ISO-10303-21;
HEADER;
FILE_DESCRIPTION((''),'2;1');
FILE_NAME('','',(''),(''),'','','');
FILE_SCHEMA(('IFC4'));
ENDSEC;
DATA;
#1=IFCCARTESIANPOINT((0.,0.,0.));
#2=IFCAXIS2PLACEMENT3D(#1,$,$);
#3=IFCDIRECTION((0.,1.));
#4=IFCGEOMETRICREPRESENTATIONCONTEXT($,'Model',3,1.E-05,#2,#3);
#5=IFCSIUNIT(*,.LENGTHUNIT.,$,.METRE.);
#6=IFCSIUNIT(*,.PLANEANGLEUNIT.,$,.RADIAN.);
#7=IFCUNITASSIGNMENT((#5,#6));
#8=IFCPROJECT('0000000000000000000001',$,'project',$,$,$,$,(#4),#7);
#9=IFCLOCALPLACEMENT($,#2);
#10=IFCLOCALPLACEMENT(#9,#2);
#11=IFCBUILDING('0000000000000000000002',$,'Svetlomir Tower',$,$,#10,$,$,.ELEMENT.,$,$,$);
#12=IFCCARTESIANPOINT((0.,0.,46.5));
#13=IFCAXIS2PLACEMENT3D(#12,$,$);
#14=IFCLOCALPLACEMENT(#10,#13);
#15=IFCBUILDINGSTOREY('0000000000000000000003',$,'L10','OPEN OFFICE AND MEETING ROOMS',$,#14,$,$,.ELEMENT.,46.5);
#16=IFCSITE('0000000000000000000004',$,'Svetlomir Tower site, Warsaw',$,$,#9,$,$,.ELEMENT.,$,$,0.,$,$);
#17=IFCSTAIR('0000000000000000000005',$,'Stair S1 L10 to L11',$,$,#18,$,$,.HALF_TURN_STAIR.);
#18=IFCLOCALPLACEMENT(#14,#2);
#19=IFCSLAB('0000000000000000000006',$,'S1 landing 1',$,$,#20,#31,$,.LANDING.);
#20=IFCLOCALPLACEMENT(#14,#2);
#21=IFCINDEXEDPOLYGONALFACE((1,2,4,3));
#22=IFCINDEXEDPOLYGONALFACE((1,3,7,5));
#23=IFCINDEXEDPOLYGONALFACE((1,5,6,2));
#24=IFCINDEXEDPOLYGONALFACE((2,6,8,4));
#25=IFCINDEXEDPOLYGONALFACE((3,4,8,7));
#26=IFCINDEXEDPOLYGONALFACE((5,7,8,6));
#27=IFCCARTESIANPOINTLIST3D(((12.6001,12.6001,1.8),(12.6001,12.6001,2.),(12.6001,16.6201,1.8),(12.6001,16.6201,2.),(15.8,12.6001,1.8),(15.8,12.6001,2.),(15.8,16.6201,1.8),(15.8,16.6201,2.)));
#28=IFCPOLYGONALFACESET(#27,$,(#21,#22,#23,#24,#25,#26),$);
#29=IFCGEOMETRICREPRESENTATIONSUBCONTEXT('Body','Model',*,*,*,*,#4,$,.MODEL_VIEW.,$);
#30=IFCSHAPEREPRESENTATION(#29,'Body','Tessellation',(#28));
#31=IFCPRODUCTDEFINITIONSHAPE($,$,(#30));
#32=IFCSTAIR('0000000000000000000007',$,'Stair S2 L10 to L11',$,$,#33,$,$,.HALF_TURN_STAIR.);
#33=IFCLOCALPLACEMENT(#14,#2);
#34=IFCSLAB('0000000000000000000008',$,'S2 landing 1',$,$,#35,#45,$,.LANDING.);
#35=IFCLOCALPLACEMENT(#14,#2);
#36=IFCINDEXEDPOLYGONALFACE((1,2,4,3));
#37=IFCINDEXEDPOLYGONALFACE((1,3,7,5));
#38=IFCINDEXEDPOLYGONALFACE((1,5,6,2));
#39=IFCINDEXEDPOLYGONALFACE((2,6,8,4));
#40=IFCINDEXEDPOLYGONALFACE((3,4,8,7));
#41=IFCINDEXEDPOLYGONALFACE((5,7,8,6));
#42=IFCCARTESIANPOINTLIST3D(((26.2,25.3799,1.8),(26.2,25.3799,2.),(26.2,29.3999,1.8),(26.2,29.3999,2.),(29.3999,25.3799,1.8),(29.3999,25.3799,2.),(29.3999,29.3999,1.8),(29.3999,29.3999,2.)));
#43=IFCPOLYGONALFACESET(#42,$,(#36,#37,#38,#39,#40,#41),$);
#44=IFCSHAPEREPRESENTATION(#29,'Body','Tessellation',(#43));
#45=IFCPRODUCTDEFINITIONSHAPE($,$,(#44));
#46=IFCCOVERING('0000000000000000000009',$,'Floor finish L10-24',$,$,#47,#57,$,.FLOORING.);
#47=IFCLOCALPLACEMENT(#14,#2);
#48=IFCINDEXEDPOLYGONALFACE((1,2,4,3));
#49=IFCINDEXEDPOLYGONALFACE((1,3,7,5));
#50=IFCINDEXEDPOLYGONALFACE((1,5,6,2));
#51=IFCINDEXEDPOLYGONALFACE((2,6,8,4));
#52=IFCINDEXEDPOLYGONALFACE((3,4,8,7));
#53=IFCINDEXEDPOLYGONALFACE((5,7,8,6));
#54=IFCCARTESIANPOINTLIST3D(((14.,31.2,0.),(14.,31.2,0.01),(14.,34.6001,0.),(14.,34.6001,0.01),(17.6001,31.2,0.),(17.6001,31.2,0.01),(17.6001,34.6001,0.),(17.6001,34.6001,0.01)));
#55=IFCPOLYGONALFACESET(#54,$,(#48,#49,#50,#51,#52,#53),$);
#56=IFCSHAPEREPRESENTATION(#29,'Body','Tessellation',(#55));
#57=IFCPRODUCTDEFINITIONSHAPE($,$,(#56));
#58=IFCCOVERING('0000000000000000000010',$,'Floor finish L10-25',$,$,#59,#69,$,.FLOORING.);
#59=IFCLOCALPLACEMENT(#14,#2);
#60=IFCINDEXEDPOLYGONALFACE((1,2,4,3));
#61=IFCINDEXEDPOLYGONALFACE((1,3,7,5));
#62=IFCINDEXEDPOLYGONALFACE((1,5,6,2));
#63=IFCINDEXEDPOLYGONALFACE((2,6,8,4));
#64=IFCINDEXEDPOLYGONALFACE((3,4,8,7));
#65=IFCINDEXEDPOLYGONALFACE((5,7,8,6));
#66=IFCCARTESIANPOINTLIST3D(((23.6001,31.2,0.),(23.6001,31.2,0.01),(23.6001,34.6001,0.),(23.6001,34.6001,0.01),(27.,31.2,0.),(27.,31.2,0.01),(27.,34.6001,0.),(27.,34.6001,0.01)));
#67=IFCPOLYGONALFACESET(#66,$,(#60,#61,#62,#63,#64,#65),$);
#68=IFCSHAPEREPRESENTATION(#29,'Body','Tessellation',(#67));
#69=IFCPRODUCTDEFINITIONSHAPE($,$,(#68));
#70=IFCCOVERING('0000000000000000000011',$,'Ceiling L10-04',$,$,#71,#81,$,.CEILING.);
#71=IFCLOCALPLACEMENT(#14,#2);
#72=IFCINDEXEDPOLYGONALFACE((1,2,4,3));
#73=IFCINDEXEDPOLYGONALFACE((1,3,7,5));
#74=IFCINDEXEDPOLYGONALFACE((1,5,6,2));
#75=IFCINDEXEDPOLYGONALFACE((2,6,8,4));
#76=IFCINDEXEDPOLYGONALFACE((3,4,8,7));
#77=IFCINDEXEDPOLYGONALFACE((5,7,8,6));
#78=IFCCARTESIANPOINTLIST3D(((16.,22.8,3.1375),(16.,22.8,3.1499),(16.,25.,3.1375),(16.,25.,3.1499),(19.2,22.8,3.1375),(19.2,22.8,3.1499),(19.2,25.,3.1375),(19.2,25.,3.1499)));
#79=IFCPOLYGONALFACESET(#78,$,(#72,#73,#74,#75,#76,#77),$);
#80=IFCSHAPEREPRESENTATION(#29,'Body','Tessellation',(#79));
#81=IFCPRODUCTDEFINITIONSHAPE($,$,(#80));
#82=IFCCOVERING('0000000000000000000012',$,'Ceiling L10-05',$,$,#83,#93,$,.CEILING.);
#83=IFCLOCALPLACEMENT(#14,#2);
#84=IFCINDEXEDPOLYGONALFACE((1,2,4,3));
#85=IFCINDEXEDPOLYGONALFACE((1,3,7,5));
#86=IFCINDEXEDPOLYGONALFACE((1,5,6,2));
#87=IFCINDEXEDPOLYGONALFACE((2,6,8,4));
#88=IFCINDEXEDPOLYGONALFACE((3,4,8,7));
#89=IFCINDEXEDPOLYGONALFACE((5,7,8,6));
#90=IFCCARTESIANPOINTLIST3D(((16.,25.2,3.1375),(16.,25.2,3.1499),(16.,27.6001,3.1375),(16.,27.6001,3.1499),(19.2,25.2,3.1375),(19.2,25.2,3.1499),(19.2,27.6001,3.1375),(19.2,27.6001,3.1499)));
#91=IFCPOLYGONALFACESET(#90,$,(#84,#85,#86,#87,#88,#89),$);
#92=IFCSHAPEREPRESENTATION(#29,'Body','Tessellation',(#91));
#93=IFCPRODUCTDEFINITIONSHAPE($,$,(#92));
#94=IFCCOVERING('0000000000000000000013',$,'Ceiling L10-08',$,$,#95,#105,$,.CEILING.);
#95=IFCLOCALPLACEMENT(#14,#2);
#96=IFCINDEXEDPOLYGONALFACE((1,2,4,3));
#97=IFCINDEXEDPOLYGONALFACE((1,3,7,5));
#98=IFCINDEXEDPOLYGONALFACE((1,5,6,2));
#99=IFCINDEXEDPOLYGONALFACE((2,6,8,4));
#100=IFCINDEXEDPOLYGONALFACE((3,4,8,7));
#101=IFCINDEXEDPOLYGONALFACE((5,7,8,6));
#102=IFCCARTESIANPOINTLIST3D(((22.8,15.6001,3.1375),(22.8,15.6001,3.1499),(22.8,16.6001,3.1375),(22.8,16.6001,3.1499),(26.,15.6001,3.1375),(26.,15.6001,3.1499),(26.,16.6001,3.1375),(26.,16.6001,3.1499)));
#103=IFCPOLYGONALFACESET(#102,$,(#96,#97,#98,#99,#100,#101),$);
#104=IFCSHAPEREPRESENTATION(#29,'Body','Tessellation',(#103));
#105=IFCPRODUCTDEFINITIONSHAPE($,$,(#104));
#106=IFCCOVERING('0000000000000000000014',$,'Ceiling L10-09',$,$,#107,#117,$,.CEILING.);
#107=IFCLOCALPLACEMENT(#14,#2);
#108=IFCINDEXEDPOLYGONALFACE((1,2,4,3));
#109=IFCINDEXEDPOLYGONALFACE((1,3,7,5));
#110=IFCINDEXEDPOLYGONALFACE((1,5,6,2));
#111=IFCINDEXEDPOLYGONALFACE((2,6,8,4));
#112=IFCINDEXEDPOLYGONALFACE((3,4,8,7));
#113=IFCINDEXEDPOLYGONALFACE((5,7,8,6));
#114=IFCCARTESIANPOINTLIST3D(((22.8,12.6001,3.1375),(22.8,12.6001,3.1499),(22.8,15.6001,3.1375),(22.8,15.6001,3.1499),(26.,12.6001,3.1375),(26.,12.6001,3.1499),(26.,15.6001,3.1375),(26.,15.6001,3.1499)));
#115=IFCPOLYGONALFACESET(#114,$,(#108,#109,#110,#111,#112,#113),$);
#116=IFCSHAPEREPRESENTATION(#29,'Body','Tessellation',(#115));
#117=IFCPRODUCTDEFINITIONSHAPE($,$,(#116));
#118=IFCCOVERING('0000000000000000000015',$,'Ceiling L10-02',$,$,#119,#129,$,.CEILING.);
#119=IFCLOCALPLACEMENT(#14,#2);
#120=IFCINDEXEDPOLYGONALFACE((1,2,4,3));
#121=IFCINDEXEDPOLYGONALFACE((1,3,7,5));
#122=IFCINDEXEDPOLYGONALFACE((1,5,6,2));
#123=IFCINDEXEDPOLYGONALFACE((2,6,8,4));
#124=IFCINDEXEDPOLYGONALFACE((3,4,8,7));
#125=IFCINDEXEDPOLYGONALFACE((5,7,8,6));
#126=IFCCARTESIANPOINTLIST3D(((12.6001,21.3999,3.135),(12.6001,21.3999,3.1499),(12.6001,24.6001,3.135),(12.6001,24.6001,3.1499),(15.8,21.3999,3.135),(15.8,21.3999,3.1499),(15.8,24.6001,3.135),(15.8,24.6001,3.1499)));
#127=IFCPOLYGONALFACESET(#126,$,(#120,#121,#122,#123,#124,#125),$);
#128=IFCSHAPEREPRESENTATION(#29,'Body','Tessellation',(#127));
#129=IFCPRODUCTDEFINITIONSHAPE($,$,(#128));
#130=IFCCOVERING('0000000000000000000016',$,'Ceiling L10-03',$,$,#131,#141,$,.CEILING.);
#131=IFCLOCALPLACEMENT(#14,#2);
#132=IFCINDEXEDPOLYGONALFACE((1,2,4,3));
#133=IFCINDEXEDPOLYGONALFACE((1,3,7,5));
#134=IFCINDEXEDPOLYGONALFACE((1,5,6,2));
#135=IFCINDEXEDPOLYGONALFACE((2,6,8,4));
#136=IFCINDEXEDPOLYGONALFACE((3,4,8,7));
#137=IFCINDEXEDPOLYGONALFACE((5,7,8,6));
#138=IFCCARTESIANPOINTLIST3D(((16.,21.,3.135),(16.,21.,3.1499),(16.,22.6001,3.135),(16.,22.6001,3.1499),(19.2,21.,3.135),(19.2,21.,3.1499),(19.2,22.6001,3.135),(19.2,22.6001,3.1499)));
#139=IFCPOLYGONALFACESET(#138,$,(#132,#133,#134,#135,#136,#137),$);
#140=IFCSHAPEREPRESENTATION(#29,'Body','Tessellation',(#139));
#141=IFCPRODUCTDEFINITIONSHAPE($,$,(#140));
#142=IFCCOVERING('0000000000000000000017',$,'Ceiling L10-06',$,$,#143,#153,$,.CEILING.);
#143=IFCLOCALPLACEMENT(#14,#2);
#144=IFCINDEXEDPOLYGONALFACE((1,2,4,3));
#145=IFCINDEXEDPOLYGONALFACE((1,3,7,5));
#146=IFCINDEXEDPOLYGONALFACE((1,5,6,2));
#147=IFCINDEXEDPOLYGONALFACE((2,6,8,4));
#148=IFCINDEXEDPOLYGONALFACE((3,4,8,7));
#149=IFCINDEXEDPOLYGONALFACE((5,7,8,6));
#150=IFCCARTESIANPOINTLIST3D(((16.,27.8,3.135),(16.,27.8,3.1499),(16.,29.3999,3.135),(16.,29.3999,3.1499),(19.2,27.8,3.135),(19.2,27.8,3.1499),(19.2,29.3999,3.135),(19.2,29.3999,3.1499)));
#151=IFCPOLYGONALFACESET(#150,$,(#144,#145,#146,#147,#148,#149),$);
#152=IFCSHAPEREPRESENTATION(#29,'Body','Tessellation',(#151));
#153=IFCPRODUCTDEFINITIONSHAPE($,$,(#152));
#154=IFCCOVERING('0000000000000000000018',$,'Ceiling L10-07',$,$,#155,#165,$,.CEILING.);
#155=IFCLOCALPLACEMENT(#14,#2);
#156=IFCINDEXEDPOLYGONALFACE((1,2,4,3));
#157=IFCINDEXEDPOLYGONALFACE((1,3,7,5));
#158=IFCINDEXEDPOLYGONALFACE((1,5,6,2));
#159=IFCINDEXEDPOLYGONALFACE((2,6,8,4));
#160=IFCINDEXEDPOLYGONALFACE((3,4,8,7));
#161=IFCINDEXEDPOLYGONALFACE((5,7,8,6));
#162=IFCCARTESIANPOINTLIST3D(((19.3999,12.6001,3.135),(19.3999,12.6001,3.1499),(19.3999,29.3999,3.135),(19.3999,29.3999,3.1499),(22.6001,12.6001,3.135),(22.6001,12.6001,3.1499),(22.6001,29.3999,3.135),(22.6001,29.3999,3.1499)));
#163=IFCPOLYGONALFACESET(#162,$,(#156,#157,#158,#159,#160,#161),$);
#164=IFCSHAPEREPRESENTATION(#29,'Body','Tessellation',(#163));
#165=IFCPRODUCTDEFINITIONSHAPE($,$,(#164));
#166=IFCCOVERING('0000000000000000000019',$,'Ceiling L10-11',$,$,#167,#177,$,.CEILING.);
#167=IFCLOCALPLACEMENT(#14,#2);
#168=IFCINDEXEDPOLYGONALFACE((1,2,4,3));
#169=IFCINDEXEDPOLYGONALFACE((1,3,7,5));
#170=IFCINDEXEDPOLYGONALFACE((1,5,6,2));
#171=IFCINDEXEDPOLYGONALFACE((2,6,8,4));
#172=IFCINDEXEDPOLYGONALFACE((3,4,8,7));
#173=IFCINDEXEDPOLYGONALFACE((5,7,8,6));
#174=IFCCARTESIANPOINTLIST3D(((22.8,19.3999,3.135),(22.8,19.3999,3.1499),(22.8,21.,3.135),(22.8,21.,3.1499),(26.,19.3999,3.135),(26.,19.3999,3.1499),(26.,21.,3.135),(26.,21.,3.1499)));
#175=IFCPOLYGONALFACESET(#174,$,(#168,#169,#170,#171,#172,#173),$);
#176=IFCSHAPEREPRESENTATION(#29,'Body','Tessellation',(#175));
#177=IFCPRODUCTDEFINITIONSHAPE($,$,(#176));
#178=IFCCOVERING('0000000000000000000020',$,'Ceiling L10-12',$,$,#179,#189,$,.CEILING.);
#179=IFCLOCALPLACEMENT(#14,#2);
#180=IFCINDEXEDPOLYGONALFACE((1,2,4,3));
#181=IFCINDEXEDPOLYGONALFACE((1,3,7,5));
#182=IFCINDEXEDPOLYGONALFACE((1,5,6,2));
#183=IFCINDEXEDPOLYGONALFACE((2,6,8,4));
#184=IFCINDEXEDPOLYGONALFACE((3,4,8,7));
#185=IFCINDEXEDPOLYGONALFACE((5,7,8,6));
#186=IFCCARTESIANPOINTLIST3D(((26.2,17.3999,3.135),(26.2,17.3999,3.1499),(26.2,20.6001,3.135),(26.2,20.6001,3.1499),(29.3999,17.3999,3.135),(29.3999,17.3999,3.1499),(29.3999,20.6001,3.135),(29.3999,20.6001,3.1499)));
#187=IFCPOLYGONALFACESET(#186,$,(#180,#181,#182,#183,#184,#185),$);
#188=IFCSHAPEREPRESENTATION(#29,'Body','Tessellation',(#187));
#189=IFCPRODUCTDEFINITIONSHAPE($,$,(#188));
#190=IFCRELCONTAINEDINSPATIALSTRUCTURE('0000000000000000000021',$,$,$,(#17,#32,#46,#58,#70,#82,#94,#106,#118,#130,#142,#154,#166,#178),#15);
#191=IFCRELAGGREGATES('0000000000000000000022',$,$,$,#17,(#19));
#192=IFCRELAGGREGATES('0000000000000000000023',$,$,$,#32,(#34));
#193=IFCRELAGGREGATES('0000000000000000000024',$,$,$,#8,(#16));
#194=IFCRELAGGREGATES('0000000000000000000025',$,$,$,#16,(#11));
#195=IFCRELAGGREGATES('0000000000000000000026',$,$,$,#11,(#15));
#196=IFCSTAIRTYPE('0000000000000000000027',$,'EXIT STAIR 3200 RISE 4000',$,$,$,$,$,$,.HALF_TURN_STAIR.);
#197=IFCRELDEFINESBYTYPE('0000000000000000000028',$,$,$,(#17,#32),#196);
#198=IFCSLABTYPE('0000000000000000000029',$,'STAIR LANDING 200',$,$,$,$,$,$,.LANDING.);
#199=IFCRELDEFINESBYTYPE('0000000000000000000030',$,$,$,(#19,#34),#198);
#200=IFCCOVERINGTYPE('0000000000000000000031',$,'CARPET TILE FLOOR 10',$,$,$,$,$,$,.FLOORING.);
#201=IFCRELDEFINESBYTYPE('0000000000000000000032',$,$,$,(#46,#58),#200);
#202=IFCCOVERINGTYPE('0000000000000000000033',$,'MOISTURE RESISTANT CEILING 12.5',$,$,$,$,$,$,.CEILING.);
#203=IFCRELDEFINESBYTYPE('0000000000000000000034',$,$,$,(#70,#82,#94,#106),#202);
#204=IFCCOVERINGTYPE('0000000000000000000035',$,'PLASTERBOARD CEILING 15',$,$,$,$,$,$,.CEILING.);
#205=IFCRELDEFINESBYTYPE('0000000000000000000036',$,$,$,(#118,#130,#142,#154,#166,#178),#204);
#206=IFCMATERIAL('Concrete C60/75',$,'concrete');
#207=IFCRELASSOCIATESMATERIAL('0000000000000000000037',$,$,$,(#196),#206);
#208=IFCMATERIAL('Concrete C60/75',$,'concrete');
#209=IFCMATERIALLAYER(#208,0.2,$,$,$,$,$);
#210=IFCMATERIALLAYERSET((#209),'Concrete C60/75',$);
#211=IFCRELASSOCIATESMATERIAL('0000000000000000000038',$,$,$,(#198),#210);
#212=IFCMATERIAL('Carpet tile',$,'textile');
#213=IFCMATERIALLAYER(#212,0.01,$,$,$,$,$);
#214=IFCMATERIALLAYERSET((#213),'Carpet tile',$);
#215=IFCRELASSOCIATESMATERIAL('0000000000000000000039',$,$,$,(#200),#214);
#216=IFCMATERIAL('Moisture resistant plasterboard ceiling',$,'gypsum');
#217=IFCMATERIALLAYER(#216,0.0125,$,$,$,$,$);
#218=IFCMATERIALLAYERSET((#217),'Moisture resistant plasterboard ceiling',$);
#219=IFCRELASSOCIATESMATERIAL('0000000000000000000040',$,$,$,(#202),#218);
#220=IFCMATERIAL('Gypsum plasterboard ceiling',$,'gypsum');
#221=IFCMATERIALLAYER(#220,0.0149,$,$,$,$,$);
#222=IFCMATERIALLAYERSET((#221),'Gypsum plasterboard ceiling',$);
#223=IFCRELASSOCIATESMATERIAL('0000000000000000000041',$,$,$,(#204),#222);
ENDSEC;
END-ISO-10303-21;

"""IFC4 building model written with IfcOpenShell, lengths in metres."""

from ifc_helpers import new_model, si_unit, direction, frame, origin, place, context, subcontext, project, spatial, polyline, outline, extrude, material, layer, layer_set, type_object, element, aggregate, save


model = new_model("IFC4")

# Units and contexts
model_context = context("Model", 3, precision=1e-05, world=origin(), true_north=direction((0.0, 1.0)))
body_context = subcontext(model_context, "Body", "Model", "MODEL_VIEW")
ifc_project = project(units=[si_unit("LENGTHUNIT", "METRE"), si_unit("PLANEANGLEUNIT", "RADIAN")], contexts=[model_context])

# Site, building, storey
site_placement = place(None, origin())
site = spatial("IfcSite", under=ifc_project, at=site_placement, Name="Svetlomir Tower site, Warsaw", CompositionType="ELEMENT", RefElevation=0.0)
building_placement = place(site_placement, origin())
building = spatial("IfcBuilding", under=site, at=building_placement, Name="Svetlomir Tower", CompositionType="ELEMENT")
storey_placement = place(building_placement, frame((0.0, 0.0, 46.5)))
storey = spatial("IfcBuildingStorey", under=building, at=storey_placement, Name="L10", Description="OPEN OFFICE AND MEETING ROOMS", CompositionType="ELEMENT", Elevation=46.5)

# Stairs, slabs
ifc_material_1 = material(Name="Concrete C60/75", Category="concrete")
stair_type = type_object("IfcStairType", Name="EXIT STAIR 3200 RISE 4000", PredefinedType="HALF_TURN_STAIR", material=ifc_material_1)
stair_1_placement = place(storey_placement, origin())
stair_1 = element("IfcStair", 1, at=stair_1_placement, inside=storey, type_object=stair_type, Name="Stair S1 L10 to L11", PredefinedType="HALF_TURN_STAIR")
ifc_material_2 = material(Name="Concrete C60/75", Category="concrete")
ifc_layer_1 = layer(ifc_material_2, 0.2)
ifc_layer_set_1 = layer_set([ifc_layer_1], Name="Concrete C60/75")
slab_type = type_object("IfcSlabType", Name="STAIR LANDING 200", PredefinedType="LANDING", material=ifc_layer_set_1)
slab_1_placement = place(storey_placement, frame((0.0, 0.0, 1.8)))
slab_1 = element("IfcSlab", 2, at=slab_1_placement, type_object=slab_type, Name="S1 landing 1", PredefinedType="LANDING", context=body_context, shape_type="SweptSolid", body=[
    extrude(outline(polyline([(12.6001, 12.6001), (15.8, 12.6001), (15.8, 16.6201), (12.6001, 16.6201), (12.6001, 12.6001)])), origin(), (0.0, 0.0, 1.0), 0.2),
])
aggregate(stair_1, [slab_1])
stair_2_placement = place(storey_placement, origin())
stair_2 = element("IfcStair", 3, at=stair_2_placement, inside=storey, type_object=stair_type, Name="Stair S2 L10 to L11", PredefinedType="HALF_TURN_STAIR")
slab_2_placement = place(storey_placement, frame((0.0, 0.0, 1.8)))
slab_2 = element("IfcSlab", 4, at=slab_2_placement, type_object=slab_type, Name="S2 landing 1", PredefinedType="LANDING", context=body_context, shape_type="SweptSolid", body=[
    extrude(outline(polyline([(26.2, 25.3799), (29.3999, 25.3799), (29.3999, 29.3999), (26.2, 29.3999), (26.2, 25.3799)])), origin(), (0.0, 0.0, 1.0), 0.2),
])
aggregate(stair_2, [slab_2])

# Coverings
ifc_material_3 = material(Name="Carpet tile", Category="textile")
ifc_layer_2 = layer(ifc_material_3, 0.01)
ifc_layer_set_2 = layer_set([ifc_layer_2], Name="Carpet tile")
covering_type_1 = type_object("IfcCoveringType", Name="CARPET TILE FLOOR 10", PredefinedType="FLOORING", material=ifc_layer_set_2)
covering_1_placement = place(storey_placement, origin())
element("IfcCovering", 5, at=covering_1_placement, inside=storey, type_object=covering_type_1, Name="Floor finish L10-24", PredefinedType="FLOORING", context=body_context, shape_type="SweptSolid", body=[
    extrude(outline(polyline([(14.0, 31.2), (17.6001, 31.2), (17.6001, 34.6001), (14.0, 34.6001), (14.0, 31.2)])), origin(), (0.0, 0.0, 1.0), 0.01),
])
covering_2_placement = place(storey_placement, origin())
element("IfcCovering", 6, at=covering_2_placement, inside=storey, type_object=covering_type_1, Name="Floor finish L10-25", PredefinedType="FLOORING", context=body_context, shape_type="SweptSolid", body=[
    extrude(outline(polyline([(23.6001, 31.2), (27.0, 31.2), (27.0, 34.6001), (23.6001, 34.6001), (23.6001, 31.2)])), origin(), (0.0, 0.0, 1.0), 0.01),
])
ifc_material_4 = material(Name="Moisture resistant plasterboard ceiling", Category="gypsum")
ifc_layer_3 = layer(ifc_material_4, 0.0125)
ifc_layer_set_3 = layer_set([ifc_layer_3], Name="Moisture resistant plasterboard ceiling")
covering_type_2 = type_object("IfcCoveringType", Name="MOISTURE RESISTANT CEILING 12.5", PredefinedType="CEILING", material=ifc_layer_set_3)
covering_3_placement = place(storey_placement, frame((0.0, 0.0, 3.1375)))
element("IfcCovering", 7, at=covering_3_placement, inside=storey, type_object=covering_type_2, Name="Ceiling L10-04", PredefinedType="CEILING", context=body_context, shape_type="SweptSolid", body=[
    extrude(outline(polyline([(16.0, 22.8), (19.2, 22.8), (19.2, 25.0), (16.0, 25.0), (16.0, 22.8)])), origin(), (0.0, 0.0, 1.0), 0.0125),
])
covering_4_placement = place(storey_placement, frame((0.0, 0.0, 3.1375)))
element("IfcCovering", 8, at=covering_4_placement, inside=storey, type_object=covering_type_2, Name="Ceiling L10-05", PredefinedType="CEILING", context=body_context, shape_type="SweptSolid", body=[
    extrude(outline(polyline([(16.0, 25.2), (19.2, 25.2), (19.2, 27.6001), (16.0, 27.6001), (16.0, 25.2)])), origin(), (0.0, 0.0, 1.0), 0.0125),
])
covering_5_placement = place(storey_placement, frame((0.0, 0.0, 3.1375)))
element("IfcCovering", 9, at=covering_5_placement, inside=storey, type_object=covering_type_2, Name="Ceiling L10-08", PredefinedType="CEILING", context=body_context, shape_type="SweptSolid", body=[
    extrude(outline(polyline([(22.8, 15.6001), (26.0, 15.6001), (26.0, 16.6001), (22.8, 16.6001), (22.8, 15.6001)])), origin(), (0.0, 0.0, 1.0), 0.0125),
])
covering_6_placement = place(storey_placement, frame((0.0, 0.0, 3.1375)))
element("IfcCovering", 10, at=covering_6_placement, inside=storey, type_object=covering_type_2, Name="Ceiling L10-09", PredefinedType="CEILING", context=body_context, shape_type="SweptSolid", body=[
    extrude(outline(polyline([(22.8, 12.6001), (26.0, 12.6001), (26.0, 15.6001), (22.8, 15.6001), (22.8, 12.6001)])), origin(), (0.0, 0.0, 1.0), 0.0125),
])
ifc_material_5 = material(Name="Gypsum plasterboard ceiling", Category="gypsum")
ifc_layer_4 = layer(ifc_material_5, 0.0149)
ifc_layer_set_4 = layer_set([ifc_layer_4], Name="Gypsum plasterboard ceiling")
covering_type_3 = type_object("IfcCoveringType", Name="PLASTERBOARD CEILING 15", PredefinedType="CEILING", material=ifc_layer_set_4)
covering_7_placement = place(storey_placement, frame((0.0, 0.0, 3.135)))
element("IfcCovering", 11, at=covering_7_placement, inside=storey, type_object=covering_type_3, Name="Ceiling L10-02", PredefinedType="CEILING", context=body_context, shape_type="SweptSolid", body=[
    extrude(outline(polyline([(12.6001, 21.3999), (15.8, 21.3999), (15.8, 24.6001), (12.6001, 24.6001), (12.6001, 21.3999)])), origin(), (0.0, 0.0, 1.0), 0.0149),
])
covering_8_placement = place(storey_placement, frame((0.0, 0.0, 3.135)))
element("IfcCovering", 12, at=covering_8_placement, inside=storey, type_object=covering_type_3, Name="Ceiling L10-03", PredefinedType="CEILING", context=body_context, shape_type="SweptSolid", body=[
    extrude(outline(polyline([(16.0, 21.0), (19.2, 21.0), (19.2, 22.6001), (16.0, 22.6001), (16.0, 21.0)])), origin(), (0.0, 0.0, 1.0), 0.0149),
])
covering_9_placement = place(storey_placement, frame((0.0, 0.0, 3.135)))
element("IfcCovering", 13, at=covering_9_placement, inside=storey, type_object=covering_type_3, Name="Ceiling L10-06", PredefinedType="CEILING", context=body_context, shape_type="SweptSolid", body=[
    extrude(outline(polyline([(16.0, 27.8), (19.2, 27.8), (19.2, 29.3999), (16.0, 29.3999), (16.0, 27.8)])), origin(), (0.0, 0.0, 1.0), 0.0149),
])
covering_10_placement = place(storey_placement, frame((0.0, 0.0, 3.135)))
element("IfcCovering", 14, at=covering_10_placement, inside=storey, type_object=covering_type_3, Name="Ceiling L10-07", PredefinedType="CEILING", context=body_context, shape_type="SweptSolid", body=[
    extrude(outline(polyline([(19.3999, 12.6001), (22.6001, 12.6001), (22.6001, 29.3999), (19.3999, 29.3999), (19.3999, 12.6001)])), origin(), (0.0, 0.0, 1.0), 0.0149),
])
covering_11_placement = place(storey_placement, frame((0.0, 0.0, 3.135)))
element("IfcCovering", 15, at=covering_11_placement, inside=storey, type_object=covering_type_3, Name="Ceiling L10-11", PredefinedType="CEILING", context=body_context, shape_type="SweptSolid", body=[
    extrude(outline(polyline([(22.8, 19.3999), (26.0, 19.3999), (26.0, 21.0), (22.8, 21.0), (22.8, 19.3999)])), origin(), (0.0, 0.0, 1.0), 0.0149),
])
covering_12_placement = place(storey_placement, frame((0.0, 0.0, 3.135)))
element("IfcCovering", 16, at=covering_12_placement, inside=storey, type_object=covering_type_3, Name="Ceiling L10-12", PredefinedType="CEILING", context=body_context, shape_type="SweptSolid", body=[
    extrude(outline(polyline([(26.2, 17.3999), (29.3999, 17.3999), (29.3999, 20.6001), (26.2, 20.6001), (26.2, 17.3999)])), origin(), (0.0, 0.0, 1.0), 0.0149),
])

save(model, "model.ifc")
